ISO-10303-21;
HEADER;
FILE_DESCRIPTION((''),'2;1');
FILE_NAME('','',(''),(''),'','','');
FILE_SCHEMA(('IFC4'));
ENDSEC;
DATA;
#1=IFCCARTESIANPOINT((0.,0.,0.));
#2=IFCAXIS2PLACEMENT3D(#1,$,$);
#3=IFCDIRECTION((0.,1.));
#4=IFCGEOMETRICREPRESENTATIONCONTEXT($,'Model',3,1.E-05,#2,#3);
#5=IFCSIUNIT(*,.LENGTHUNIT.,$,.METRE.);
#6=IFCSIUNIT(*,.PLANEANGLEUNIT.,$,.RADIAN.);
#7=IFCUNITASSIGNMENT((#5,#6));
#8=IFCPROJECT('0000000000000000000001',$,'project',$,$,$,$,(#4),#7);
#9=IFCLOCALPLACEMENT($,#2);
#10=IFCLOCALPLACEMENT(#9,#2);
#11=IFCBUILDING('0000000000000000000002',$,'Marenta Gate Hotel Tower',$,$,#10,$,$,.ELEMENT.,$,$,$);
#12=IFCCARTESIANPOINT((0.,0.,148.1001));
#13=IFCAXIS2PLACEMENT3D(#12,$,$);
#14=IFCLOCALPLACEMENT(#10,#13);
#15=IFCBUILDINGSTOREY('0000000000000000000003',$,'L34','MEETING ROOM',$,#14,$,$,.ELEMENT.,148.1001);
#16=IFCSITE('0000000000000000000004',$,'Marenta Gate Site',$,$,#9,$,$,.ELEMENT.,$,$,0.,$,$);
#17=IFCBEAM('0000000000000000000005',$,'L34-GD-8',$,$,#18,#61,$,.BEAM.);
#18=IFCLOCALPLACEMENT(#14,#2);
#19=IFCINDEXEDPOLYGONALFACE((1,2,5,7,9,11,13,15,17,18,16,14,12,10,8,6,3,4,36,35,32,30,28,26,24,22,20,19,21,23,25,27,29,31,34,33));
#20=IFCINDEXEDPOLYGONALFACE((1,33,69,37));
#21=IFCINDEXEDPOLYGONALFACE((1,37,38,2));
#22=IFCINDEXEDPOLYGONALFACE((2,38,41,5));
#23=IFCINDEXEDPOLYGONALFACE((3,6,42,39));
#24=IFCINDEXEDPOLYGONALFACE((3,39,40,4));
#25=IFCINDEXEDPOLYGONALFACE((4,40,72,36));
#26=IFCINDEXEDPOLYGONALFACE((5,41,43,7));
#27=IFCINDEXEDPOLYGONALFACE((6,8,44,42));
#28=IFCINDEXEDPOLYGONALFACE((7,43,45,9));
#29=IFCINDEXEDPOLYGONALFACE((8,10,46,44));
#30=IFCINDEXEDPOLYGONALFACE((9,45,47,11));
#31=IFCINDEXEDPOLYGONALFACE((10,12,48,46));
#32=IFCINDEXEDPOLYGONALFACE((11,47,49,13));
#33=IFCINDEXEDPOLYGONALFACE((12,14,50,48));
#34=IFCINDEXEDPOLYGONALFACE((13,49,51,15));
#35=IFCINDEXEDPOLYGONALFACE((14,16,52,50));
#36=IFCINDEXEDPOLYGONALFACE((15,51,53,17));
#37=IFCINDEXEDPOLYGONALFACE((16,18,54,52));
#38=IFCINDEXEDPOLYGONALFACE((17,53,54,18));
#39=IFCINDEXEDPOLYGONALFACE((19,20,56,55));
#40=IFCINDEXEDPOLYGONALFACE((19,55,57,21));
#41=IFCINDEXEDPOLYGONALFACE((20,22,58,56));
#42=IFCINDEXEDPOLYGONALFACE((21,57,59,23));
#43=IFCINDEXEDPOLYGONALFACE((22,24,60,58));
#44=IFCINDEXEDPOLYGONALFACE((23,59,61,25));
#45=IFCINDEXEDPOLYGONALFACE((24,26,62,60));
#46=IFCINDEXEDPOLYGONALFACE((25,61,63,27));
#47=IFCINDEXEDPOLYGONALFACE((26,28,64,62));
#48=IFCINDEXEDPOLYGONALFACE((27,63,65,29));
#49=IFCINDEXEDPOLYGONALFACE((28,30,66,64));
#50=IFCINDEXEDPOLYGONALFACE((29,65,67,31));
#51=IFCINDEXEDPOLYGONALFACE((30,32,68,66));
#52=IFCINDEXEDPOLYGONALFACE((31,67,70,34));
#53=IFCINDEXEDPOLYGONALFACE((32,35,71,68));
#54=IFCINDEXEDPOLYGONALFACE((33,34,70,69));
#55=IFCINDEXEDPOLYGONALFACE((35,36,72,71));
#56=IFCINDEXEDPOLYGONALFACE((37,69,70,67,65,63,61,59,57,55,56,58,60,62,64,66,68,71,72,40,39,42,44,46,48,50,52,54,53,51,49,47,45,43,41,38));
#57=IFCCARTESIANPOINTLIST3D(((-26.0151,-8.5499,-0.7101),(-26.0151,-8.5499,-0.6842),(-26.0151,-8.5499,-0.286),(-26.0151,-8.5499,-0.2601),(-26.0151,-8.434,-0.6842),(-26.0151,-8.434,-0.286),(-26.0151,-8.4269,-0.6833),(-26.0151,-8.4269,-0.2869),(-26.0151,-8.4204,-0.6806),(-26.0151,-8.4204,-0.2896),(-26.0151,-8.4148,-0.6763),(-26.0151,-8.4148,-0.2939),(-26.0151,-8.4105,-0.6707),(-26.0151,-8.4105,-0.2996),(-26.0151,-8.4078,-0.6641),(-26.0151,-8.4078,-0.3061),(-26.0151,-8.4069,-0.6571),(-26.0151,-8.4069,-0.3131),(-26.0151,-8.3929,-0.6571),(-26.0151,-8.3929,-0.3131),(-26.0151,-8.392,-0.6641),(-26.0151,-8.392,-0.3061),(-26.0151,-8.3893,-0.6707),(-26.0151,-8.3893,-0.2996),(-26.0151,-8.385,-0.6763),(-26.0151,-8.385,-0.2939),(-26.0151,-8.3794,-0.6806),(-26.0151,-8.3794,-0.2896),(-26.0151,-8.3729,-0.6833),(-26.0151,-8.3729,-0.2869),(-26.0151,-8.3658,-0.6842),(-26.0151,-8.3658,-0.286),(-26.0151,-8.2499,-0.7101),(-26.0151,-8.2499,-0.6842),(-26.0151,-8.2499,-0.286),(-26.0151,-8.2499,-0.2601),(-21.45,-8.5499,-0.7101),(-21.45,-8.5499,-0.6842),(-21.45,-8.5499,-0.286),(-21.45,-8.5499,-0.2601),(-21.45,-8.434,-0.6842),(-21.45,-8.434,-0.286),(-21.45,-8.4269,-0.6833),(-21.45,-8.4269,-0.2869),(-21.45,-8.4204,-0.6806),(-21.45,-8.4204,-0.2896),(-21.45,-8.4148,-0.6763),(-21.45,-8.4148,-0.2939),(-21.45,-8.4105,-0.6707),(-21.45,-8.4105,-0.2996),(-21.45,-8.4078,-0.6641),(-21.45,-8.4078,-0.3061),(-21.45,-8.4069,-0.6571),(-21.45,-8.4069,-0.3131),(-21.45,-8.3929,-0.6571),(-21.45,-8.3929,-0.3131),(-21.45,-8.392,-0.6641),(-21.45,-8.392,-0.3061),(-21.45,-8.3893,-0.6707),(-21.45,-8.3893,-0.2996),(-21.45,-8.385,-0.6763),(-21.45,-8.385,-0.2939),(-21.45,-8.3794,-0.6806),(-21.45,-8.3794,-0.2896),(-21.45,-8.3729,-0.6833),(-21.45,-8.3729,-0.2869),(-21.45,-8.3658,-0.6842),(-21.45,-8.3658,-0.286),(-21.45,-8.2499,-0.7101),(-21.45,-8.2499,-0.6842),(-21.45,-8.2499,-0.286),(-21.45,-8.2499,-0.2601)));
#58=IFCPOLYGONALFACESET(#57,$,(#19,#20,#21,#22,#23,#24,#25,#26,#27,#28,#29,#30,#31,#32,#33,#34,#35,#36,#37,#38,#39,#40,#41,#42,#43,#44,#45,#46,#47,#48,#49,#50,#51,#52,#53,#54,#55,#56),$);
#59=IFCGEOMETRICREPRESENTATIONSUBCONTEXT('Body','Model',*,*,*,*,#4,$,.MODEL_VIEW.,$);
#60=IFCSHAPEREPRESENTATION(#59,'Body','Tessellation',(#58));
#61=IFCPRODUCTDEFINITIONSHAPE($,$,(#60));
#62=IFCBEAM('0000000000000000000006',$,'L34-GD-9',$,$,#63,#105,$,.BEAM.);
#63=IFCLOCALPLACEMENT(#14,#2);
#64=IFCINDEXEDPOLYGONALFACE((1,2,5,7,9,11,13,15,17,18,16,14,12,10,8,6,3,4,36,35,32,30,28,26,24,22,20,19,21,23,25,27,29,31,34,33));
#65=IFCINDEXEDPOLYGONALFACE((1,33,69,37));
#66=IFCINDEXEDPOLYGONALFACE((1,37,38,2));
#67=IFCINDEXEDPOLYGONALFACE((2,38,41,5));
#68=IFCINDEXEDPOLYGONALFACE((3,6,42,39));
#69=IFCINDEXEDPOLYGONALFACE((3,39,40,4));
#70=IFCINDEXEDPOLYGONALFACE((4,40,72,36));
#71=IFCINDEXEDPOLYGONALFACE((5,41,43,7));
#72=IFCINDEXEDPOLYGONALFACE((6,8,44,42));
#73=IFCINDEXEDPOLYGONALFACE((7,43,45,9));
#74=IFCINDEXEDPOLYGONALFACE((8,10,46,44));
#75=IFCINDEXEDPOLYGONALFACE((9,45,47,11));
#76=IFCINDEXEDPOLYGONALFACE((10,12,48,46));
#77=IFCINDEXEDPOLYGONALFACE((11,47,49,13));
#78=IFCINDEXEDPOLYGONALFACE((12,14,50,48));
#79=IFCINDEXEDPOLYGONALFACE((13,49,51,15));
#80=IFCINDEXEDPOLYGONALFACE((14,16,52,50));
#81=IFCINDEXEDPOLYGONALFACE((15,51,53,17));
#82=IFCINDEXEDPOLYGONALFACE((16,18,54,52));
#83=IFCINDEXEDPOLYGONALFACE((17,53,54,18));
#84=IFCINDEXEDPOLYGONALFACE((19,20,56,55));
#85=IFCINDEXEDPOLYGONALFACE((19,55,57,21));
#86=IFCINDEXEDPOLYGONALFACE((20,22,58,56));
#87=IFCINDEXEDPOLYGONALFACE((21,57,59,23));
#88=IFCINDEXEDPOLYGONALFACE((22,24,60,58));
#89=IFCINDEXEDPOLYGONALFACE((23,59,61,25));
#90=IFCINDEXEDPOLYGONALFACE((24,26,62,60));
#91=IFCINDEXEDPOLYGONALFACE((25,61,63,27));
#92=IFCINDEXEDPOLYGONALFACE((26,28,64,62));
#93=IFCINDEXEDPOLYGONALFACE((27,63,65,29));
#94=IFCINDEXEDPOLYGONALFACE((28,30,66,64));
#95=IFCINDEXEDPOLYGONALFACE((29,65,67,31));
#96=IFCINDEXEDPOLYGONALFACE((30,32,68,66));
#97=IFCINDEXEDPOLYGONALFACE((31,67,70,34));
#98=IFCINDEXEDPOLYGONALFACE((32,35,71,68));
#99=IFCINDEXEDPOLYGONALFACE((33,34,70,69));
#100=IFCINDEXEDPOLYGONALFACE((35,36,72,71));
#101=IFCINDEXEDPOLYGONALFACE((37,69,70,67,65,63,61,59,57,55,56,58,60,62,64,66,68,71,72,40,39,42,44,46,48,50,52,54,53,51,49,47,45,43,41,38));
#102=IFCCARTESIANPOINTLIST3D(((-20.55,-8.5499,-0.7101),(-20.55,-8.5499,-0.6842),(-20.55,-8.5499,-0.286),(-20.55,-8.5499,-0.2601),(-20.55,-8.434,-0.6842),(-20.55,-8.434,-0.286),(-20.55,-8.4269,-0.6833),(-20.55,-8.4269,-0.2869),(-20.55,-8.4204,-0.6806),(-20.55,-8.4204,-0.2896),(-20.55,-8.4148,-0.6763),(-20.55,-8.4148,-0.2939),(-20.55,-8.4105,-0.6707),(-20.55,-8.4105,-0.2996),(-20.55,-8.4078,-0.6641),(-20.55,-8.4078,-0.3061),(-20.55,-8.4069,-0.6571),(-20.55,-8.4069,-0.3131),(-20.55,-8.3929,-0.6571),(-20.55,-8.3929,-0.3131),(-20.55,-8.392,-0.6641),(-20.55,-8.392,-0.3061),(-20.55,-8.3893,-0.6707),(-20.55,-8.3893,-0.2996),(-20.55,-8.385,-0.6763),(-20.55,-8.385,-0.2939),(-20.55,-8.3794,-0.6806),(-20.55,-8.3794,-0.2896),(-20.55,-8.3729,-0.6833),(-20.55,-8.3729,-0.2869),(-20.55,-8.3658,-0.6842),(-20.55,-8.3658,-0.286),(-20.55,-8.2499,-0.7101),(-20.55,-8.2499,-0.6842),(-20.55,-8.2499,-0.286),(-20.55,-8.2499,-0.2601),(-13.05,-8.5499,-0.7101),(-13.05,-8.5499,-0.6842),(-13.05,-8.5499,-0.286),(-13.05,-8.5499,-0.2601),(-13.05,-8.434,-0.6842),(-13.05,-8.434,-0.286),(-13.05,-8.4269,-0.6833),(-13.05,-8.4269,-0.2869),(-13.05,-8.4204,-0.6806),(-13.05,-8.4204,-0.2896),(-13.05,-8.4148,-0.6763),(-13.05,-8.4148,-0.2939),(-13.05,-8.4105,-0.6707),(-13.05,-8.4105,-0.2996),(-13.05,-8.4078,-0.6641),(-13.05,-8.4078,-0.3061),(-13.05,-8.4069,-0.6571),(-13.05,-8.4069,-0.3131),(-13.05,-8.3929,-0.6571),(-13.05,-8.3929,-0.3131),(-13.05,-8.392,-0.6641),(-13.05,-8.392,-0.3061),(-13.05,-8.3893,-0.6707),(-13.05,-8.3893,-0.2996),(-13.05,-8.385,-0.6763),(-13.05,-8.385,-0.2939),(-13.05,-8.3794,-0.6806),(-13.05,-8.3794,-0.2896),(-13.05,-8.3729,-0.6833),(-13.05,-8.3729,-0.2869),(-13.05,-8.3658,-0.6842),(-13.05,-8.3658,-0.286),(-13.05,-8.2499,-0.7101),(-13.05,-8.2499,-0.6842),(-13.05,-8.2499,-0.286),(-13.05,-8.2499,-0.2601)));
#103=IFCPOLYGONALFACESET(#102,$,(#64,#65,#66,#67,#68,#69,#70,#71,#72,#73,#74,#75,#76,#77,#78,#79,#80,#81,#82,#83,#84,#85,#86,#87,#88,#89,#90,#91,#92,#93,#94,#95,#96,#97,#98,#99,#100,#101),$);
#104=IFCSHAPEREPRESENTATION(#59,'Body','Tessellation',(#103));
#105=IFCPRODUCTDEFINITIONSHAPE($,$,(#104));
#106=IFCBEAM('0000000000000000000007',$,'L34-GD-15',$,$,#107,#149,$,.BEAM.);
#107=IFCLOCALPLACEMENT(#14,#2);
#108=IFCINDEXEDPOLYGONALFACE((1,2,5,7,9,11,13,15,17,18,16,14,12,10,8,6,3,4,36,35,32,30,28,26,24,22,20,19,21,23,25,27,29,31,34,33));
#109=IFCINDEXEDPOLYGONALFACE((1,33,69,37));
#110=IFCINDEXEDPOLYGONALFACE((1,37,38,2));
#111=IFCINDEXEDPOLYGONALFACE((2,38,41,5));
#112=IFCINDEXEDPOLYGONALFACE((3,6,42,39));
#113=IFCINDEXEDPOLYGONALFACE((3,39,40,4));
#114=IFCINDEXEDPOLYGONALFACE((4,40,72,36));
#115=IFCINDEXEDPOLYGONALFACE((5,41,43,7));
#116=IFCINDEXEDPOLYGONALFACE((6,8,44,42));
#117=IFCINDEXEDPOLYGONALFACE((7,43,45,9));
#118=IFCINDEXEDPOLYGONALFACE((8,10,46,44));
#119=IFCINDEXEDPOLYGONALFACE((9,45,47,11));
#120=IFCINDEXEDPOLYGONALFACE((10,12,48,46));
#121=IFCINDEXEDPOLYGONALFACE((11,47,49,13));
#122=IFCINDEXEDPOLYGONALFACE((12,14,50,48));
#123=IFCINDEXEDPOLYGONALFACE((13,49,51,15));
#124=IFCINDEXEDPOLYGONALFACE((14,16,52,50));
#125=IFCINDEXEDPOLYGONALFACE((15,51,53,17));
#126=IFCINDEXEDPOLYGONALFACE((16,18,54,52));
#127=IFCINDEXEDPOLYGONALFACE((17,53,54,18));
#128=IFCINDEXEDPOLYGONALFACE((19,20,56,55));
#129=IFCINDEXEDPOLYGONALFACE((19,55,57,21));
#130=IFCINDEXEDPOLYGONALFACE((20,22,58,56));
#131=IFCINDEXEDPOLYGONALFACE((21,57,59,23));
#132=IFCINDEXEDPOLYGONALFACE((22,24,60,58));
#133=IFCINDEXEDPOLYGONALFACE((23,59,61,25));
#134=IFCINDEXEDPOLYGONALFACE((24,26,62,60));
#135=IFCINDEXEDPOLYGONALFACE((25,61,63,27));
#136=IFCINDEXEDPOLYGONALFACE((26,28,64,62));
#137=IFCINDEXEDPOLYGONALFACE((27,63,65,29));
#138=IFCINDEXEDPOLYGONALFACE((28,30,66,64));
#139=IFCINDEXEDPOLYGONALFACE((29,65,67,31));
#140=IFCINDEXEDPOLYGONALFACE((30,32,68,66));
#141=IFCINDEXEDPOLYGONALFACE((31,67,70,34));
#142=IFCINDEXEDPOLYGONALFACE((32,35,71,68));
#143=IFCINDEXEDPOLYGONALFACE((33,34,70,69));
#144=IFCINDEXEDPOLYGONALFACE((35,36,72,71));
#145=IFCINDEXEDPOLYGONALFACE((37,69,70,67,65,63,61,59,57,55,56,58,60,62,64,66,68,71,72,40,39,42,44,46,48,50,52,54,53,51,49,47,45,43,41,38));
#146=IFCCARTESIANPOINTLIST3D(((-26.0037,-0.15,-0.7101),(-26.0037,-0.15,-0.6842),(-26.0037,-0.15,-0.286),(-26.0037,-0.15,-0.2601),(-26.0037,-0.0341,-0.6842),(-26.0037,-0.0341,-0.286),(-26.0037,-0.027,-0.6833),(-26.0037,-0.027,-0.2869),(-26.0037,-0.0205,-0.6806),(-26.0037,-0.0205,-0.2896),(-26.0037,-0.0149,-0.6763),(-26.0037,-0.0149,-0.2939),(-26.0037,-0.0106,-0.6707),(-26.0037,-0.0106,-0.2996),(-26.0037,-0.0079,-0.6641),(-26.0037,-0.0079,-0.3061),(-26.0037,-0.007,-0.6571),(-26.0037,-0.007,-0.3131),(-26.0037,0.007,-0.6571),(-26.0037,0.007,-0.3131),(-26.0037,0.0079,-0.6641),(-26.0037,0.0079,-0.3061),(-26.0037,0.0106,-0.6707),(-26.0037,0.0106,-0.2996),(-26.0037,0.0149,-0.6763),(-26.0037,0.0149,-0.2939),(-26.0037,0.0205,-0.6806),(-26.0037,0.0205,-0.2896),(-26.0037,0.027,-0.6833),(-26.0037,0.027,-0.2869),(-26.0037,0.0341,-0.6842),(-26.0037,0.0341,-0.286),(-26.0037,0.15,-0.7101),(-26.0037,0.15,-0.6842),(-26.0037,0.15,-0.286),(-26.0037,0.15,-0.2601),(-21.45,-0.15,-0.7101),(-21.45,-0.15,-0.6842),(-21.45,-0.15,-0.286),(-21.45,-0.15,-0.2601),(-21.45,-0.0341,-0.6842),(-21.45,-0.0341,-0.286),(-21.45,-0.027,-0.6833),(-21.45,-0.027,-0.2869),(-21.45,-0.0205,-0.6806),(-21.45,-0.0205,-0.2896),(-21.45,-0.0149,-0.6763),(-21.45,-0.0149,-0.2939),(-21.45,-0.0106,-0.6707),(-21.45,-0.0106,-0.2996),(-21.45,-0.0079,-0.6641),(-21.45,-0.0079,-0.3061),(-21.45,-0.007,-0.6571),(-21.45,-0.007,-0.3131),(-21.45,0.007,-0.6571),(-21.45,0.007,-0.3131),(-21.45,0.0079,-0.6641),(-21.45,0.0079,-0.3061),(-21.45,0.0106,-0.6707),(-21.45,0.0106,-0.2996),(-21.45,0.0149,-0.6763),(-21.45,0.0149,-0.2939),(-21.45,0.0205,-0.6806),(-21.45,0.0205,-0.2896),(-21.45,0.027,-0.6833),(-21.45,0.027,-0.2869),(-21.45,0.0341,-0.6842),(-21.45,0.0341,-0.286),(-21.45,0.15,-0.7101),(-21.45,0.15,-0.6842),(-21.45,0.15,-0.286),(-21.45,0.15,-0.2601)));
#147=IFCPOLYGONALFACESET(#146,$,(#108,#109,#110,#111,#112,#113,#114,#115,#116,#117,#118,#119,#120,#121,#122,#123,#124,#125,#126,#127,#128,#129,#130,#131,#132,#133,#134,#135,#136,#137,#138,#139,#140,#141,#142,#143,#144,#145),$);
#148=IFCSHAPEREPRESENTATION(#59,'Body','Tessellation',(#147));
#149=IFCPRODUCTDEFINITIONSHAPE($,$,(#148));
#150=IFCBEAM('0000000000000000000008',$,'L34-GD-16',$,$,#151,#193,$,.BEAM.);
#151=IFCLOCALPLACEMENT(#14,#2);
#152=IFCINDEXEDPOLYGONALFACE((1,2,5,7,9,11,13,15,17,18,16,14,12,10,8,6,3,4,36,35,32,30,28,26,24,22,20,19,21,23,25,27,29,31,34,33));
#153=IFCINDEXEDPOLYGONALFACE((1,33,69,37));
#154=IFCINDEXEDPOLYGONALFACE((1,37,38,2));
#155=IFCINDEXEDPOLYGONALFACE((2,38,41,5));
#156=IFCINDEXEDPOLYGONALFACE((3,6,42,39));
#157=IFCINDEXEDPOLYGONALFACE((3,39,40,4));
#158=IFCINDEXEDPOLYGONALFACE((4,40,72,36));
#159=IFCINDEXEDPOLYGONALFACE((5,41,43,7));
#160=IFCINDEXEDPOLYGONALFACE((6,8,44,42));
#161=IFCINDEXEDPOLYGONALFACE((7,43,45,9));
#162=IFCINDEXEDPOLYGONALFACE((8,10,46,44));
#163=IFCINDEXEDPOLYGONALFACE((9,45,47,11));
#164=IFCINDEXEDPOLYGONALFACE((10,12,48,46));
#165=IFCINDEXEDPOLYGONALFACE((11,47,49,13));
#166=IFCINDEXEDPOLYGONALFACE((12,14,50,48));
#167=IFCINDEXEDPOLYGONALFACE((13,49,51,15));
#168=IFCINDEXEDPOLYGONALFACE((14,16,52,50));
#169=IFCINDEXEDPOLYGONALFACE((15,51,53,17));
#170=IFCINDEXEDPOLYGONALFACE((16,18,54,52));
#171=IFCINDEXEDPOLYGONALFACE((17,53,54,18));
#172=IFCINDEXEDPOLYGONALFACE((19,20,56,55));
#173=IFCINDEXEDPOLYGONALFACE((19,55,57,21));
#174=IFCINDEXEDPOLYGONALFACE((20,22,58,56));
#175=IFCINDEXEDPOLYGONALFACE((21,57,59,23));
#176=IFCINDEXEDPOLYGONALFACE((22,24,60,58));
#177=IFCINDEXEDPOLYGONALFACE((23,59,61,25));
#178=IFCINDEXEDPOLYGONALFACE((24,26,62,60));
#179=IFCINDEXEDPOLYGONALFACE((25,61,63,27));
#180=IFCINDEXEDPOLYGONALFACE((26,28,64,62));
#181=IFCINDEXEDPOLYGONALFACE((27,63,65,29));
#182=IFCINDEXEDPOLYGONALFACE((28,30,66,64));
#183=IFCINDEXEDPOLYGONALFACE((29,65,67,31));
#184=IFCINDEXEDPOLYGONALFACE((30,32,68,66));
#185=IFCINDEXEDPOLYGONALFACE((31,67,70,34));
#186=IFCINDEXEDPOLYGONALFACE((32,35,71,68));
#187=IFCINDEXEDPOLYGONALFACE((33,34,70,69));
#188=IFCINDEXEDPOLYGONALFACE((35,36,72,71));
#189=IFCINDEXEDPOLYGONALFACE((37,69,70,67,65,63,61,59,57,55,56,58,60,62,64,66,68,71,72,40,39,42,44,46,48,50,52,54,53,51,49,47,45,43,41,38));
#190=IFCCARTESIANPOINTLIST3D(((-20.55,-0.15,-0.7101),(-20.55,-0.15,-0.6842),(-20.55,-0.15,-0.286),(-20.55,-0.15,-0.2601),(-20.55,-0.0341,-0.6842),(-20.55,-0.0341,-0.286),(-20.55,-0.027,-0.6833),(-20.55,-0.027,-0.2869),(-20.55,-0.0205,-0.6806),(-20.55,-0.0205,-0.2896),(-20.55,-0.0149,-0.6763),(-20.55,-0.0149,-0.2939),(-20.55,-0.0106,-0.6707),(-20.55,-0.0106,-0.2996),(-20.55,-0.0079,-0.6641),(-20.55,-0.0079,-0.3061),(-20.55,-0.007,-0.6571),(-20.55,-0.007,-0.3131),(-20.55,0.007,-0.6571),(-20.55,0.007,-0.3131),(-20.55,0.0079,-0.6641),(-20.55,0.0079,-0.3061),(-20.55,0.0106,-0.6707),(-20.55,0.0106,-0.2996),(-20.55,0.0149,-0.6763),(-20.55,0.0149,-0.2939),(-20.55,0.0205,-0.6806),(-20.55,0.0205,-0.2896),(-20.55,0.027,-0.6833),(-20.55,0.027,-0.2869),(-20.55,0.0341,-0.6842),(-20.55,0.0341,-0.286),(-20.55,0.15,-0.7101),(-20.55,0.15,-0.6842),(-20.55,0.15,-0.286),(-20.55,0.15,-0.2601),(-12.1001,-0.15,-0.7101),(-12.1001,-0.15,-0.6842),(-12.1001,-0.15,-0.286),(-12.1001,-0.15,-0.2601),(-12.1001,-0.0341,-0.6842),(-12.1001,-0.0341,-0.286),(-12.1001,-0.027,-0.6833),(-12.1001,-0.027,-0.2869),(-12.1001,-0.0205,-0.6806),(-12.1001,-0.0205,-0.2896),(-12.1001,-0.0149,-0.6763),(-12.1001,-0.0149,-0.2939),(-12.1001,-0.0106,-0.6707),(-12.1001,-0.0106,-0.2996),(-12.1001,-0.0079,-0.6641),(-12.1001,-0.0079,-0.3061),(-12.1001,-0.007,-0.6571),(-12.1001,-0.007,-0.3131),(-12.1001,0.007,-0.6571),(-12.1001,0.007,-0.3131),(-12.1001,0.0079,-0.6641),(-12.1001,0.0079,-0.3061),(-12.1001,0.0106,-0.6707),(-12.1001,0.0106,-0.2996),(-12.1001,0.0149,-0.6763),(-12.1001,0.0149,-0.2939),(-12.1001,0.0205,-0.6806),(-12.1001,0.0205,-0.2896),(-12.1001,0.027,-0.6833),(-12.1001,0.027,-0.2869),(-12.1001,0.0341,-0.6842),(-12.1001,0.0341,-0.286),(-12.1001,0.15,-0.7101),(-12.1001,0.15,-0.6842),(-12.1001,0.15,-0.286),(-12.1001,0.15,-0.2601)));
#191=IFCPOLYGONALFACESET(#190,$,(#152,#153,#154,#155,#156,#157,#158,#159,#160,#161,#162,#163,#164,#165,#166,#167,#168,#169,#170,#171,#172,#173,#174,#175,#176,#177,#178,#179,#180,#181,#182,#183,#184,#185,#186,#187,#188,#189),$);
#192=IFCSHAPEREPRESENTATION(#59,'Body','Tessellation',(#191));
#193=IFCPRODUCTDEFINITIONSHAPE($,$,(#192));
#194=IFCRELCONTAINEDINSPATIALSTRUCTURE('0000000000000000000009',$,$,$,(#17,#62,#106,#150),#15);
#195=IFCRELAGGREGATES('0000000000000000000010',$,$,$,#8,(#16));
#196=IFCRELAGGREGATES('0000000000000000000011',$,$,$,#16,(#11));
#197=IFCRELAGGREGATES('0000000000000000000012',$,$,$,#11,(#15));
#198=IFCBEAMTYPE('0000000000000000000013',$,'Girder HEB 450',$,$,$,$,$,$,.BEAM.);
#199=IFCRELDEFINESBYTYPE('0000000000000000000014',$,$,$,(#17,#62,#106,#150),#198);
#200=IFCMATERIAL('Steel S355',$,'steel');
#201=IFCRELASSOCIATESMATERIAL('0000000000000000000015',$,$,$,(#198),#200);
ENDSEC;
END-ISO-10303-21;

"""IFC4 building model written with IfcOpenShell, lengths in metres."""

from ifc_helpers import new_model, si_unit, direction, frame, origin, origin_2d, place, context, subcontext, project, spatial, i_section, extrude, material, material_profile, profile_set, type_object, element, save


model = new_model("IFC4")

# Units and contexts
model_context = context("Model", 3, precision=1e-05, world=origin(), true_north=direction((0.0, 1.0)))
body_context = subcontext(model_context, "Body", "Model", "MODEL_VIEW")
ifc_project = project(units=[si_unit("LENGTHUNIT", "METRE"), si_unit("PLANEANGLEUNIT", "RADIAN")], contexts=[model_context])

# Site, building, storey
site_placement = place(None, origin())
site = spatial("IfcSite", under=ifc_project, at=site_placement, Name="Marenta Gate Site", CompositionType="ELEMENT", RefElevation=0.0)
building_placement = place(site_placement, origin())
building = spatial("IfcBuilding", under=site, at=building_placement, Name="Marenta Gate Hotel Tower", CompositionType="ELEMENT")
storey_placement = place(building_placement, frame((0.0, 0.0, 148.1001)))
storey = spatial("IfcBuildingStorey", under=building, at=storey_placement, Name="L34", Description="MEETING ROOM", CompositionType="ELEMENT", Elevation=148.1001)

# Beams
ifc_material_1 = material(Name="Steel S355", Category="steel")
ifc_material_profile_1 = material_profile(ifc_material_1, i_section(OverallWidth=0.3, OverallDepth=0.45, WebThickness=0.0139, FlangeThickness=0.0259, FilletRadius=0.0271, at=origin_2d()), Name="HEB 450")
ifc_profile_set_1 = profile_set([ifc_material_profile_1], Name="Steel S355")
beam_type_1 = type_object("IfcBeamType", Name="Girder HEB 450", PredefinedType="BEAM", material=ifc_profile_set_1)
beam_1_placement = place(storey_placement, frame((-26.0151, -8.3999, -0.4851), z_axis=(1.0, 0.0, 0.0), x_axis=(0.0, 1.0, 0.0)))
element("IfcBeam", 1, at=beam_1_placement, inside=storey, type_object=beam_type_1, Name="L34-GD-8", PredefinedType="BEAM", context=body_context, shape_type="SweptSolid", body=[
    extrude(i_section(OverallWidth=0.3, OverallDepth=0.45, WebThickness=0.0139, FlangeThickness=0.0259, FilletRadius=0.0271, at=origin_2d()), origin(), (0.0, 0.0, 1.0), 4.5652),
])
beam_2_placement = place(storey_placement, frame((-20.55, -8.3999, -0.4851), z_axis=(1.0, 0.0, 0.0), x_axis=(0.0, 1.0, 0.0)))
element("IfcBeam", 2, at=beam_2_placement, inside=storey, type_object=beam_type_1, Name="L34-GD-9", PredefinedType="BEAM", context=body_context, shape_type="SweptSolid", body=[
    extrude(i_section(OverallWidth=0.3, OverallDepth=0.45, WebThickness=0.0139, FlangeThickness=0.0259, FilletRadius=0.0271, at=origin_2d()), origin(), (0.0, 0.0, 1.0), 7.5),
])
beam_3_placement = place(storey_placement, frame((-26.0037, 0.0, -0.4851), z_axis=(1.0, 0.0, 0.0), x_axis=(0.0, 1.0, 0.0)))
element("IfcBeam", 3, at=beam_3_placement, inside=storey, type_object=beam_type_1, Name="L34-GD-15", PredefinedType="BEAM", context=body_context, shape_type="SweptSolid", body=[
    extrude(i_section(OverallWidth=0.3, OverallDepth=0.45, WebThickness=0.0139, FlangeThickness=0.0259, FilletRadius=0.0271, at=origin_2d()), origin(), (0.0, 0.0, 1.0), 4.5537),
])
beam_4_placement = place(storey_placement, frame((-20.55, 0.0, -0.4851), z_axis=(1.0, 0.0, 0.0), x_axis=(0.0, 1.0, 0.0)))
element("IfcBeam", 4, at=beam_4_placement, inside=storey, type_object=beam_type_1, Name="L34-GD-16", PredefinedType="BEAM", context=body_context, shape_type="SweptSolid", body=[
    extrude(i_section(OverallWidth=0.3, OverallDepth=0.45, WebThickness=0.0139, FlangeThickness=0.0259, FilletRadius=0.0271, at=origin_2d()), origin(), (0.0, 0.0, 1.0), 8.45),
])

save(model, "model.ifc")
